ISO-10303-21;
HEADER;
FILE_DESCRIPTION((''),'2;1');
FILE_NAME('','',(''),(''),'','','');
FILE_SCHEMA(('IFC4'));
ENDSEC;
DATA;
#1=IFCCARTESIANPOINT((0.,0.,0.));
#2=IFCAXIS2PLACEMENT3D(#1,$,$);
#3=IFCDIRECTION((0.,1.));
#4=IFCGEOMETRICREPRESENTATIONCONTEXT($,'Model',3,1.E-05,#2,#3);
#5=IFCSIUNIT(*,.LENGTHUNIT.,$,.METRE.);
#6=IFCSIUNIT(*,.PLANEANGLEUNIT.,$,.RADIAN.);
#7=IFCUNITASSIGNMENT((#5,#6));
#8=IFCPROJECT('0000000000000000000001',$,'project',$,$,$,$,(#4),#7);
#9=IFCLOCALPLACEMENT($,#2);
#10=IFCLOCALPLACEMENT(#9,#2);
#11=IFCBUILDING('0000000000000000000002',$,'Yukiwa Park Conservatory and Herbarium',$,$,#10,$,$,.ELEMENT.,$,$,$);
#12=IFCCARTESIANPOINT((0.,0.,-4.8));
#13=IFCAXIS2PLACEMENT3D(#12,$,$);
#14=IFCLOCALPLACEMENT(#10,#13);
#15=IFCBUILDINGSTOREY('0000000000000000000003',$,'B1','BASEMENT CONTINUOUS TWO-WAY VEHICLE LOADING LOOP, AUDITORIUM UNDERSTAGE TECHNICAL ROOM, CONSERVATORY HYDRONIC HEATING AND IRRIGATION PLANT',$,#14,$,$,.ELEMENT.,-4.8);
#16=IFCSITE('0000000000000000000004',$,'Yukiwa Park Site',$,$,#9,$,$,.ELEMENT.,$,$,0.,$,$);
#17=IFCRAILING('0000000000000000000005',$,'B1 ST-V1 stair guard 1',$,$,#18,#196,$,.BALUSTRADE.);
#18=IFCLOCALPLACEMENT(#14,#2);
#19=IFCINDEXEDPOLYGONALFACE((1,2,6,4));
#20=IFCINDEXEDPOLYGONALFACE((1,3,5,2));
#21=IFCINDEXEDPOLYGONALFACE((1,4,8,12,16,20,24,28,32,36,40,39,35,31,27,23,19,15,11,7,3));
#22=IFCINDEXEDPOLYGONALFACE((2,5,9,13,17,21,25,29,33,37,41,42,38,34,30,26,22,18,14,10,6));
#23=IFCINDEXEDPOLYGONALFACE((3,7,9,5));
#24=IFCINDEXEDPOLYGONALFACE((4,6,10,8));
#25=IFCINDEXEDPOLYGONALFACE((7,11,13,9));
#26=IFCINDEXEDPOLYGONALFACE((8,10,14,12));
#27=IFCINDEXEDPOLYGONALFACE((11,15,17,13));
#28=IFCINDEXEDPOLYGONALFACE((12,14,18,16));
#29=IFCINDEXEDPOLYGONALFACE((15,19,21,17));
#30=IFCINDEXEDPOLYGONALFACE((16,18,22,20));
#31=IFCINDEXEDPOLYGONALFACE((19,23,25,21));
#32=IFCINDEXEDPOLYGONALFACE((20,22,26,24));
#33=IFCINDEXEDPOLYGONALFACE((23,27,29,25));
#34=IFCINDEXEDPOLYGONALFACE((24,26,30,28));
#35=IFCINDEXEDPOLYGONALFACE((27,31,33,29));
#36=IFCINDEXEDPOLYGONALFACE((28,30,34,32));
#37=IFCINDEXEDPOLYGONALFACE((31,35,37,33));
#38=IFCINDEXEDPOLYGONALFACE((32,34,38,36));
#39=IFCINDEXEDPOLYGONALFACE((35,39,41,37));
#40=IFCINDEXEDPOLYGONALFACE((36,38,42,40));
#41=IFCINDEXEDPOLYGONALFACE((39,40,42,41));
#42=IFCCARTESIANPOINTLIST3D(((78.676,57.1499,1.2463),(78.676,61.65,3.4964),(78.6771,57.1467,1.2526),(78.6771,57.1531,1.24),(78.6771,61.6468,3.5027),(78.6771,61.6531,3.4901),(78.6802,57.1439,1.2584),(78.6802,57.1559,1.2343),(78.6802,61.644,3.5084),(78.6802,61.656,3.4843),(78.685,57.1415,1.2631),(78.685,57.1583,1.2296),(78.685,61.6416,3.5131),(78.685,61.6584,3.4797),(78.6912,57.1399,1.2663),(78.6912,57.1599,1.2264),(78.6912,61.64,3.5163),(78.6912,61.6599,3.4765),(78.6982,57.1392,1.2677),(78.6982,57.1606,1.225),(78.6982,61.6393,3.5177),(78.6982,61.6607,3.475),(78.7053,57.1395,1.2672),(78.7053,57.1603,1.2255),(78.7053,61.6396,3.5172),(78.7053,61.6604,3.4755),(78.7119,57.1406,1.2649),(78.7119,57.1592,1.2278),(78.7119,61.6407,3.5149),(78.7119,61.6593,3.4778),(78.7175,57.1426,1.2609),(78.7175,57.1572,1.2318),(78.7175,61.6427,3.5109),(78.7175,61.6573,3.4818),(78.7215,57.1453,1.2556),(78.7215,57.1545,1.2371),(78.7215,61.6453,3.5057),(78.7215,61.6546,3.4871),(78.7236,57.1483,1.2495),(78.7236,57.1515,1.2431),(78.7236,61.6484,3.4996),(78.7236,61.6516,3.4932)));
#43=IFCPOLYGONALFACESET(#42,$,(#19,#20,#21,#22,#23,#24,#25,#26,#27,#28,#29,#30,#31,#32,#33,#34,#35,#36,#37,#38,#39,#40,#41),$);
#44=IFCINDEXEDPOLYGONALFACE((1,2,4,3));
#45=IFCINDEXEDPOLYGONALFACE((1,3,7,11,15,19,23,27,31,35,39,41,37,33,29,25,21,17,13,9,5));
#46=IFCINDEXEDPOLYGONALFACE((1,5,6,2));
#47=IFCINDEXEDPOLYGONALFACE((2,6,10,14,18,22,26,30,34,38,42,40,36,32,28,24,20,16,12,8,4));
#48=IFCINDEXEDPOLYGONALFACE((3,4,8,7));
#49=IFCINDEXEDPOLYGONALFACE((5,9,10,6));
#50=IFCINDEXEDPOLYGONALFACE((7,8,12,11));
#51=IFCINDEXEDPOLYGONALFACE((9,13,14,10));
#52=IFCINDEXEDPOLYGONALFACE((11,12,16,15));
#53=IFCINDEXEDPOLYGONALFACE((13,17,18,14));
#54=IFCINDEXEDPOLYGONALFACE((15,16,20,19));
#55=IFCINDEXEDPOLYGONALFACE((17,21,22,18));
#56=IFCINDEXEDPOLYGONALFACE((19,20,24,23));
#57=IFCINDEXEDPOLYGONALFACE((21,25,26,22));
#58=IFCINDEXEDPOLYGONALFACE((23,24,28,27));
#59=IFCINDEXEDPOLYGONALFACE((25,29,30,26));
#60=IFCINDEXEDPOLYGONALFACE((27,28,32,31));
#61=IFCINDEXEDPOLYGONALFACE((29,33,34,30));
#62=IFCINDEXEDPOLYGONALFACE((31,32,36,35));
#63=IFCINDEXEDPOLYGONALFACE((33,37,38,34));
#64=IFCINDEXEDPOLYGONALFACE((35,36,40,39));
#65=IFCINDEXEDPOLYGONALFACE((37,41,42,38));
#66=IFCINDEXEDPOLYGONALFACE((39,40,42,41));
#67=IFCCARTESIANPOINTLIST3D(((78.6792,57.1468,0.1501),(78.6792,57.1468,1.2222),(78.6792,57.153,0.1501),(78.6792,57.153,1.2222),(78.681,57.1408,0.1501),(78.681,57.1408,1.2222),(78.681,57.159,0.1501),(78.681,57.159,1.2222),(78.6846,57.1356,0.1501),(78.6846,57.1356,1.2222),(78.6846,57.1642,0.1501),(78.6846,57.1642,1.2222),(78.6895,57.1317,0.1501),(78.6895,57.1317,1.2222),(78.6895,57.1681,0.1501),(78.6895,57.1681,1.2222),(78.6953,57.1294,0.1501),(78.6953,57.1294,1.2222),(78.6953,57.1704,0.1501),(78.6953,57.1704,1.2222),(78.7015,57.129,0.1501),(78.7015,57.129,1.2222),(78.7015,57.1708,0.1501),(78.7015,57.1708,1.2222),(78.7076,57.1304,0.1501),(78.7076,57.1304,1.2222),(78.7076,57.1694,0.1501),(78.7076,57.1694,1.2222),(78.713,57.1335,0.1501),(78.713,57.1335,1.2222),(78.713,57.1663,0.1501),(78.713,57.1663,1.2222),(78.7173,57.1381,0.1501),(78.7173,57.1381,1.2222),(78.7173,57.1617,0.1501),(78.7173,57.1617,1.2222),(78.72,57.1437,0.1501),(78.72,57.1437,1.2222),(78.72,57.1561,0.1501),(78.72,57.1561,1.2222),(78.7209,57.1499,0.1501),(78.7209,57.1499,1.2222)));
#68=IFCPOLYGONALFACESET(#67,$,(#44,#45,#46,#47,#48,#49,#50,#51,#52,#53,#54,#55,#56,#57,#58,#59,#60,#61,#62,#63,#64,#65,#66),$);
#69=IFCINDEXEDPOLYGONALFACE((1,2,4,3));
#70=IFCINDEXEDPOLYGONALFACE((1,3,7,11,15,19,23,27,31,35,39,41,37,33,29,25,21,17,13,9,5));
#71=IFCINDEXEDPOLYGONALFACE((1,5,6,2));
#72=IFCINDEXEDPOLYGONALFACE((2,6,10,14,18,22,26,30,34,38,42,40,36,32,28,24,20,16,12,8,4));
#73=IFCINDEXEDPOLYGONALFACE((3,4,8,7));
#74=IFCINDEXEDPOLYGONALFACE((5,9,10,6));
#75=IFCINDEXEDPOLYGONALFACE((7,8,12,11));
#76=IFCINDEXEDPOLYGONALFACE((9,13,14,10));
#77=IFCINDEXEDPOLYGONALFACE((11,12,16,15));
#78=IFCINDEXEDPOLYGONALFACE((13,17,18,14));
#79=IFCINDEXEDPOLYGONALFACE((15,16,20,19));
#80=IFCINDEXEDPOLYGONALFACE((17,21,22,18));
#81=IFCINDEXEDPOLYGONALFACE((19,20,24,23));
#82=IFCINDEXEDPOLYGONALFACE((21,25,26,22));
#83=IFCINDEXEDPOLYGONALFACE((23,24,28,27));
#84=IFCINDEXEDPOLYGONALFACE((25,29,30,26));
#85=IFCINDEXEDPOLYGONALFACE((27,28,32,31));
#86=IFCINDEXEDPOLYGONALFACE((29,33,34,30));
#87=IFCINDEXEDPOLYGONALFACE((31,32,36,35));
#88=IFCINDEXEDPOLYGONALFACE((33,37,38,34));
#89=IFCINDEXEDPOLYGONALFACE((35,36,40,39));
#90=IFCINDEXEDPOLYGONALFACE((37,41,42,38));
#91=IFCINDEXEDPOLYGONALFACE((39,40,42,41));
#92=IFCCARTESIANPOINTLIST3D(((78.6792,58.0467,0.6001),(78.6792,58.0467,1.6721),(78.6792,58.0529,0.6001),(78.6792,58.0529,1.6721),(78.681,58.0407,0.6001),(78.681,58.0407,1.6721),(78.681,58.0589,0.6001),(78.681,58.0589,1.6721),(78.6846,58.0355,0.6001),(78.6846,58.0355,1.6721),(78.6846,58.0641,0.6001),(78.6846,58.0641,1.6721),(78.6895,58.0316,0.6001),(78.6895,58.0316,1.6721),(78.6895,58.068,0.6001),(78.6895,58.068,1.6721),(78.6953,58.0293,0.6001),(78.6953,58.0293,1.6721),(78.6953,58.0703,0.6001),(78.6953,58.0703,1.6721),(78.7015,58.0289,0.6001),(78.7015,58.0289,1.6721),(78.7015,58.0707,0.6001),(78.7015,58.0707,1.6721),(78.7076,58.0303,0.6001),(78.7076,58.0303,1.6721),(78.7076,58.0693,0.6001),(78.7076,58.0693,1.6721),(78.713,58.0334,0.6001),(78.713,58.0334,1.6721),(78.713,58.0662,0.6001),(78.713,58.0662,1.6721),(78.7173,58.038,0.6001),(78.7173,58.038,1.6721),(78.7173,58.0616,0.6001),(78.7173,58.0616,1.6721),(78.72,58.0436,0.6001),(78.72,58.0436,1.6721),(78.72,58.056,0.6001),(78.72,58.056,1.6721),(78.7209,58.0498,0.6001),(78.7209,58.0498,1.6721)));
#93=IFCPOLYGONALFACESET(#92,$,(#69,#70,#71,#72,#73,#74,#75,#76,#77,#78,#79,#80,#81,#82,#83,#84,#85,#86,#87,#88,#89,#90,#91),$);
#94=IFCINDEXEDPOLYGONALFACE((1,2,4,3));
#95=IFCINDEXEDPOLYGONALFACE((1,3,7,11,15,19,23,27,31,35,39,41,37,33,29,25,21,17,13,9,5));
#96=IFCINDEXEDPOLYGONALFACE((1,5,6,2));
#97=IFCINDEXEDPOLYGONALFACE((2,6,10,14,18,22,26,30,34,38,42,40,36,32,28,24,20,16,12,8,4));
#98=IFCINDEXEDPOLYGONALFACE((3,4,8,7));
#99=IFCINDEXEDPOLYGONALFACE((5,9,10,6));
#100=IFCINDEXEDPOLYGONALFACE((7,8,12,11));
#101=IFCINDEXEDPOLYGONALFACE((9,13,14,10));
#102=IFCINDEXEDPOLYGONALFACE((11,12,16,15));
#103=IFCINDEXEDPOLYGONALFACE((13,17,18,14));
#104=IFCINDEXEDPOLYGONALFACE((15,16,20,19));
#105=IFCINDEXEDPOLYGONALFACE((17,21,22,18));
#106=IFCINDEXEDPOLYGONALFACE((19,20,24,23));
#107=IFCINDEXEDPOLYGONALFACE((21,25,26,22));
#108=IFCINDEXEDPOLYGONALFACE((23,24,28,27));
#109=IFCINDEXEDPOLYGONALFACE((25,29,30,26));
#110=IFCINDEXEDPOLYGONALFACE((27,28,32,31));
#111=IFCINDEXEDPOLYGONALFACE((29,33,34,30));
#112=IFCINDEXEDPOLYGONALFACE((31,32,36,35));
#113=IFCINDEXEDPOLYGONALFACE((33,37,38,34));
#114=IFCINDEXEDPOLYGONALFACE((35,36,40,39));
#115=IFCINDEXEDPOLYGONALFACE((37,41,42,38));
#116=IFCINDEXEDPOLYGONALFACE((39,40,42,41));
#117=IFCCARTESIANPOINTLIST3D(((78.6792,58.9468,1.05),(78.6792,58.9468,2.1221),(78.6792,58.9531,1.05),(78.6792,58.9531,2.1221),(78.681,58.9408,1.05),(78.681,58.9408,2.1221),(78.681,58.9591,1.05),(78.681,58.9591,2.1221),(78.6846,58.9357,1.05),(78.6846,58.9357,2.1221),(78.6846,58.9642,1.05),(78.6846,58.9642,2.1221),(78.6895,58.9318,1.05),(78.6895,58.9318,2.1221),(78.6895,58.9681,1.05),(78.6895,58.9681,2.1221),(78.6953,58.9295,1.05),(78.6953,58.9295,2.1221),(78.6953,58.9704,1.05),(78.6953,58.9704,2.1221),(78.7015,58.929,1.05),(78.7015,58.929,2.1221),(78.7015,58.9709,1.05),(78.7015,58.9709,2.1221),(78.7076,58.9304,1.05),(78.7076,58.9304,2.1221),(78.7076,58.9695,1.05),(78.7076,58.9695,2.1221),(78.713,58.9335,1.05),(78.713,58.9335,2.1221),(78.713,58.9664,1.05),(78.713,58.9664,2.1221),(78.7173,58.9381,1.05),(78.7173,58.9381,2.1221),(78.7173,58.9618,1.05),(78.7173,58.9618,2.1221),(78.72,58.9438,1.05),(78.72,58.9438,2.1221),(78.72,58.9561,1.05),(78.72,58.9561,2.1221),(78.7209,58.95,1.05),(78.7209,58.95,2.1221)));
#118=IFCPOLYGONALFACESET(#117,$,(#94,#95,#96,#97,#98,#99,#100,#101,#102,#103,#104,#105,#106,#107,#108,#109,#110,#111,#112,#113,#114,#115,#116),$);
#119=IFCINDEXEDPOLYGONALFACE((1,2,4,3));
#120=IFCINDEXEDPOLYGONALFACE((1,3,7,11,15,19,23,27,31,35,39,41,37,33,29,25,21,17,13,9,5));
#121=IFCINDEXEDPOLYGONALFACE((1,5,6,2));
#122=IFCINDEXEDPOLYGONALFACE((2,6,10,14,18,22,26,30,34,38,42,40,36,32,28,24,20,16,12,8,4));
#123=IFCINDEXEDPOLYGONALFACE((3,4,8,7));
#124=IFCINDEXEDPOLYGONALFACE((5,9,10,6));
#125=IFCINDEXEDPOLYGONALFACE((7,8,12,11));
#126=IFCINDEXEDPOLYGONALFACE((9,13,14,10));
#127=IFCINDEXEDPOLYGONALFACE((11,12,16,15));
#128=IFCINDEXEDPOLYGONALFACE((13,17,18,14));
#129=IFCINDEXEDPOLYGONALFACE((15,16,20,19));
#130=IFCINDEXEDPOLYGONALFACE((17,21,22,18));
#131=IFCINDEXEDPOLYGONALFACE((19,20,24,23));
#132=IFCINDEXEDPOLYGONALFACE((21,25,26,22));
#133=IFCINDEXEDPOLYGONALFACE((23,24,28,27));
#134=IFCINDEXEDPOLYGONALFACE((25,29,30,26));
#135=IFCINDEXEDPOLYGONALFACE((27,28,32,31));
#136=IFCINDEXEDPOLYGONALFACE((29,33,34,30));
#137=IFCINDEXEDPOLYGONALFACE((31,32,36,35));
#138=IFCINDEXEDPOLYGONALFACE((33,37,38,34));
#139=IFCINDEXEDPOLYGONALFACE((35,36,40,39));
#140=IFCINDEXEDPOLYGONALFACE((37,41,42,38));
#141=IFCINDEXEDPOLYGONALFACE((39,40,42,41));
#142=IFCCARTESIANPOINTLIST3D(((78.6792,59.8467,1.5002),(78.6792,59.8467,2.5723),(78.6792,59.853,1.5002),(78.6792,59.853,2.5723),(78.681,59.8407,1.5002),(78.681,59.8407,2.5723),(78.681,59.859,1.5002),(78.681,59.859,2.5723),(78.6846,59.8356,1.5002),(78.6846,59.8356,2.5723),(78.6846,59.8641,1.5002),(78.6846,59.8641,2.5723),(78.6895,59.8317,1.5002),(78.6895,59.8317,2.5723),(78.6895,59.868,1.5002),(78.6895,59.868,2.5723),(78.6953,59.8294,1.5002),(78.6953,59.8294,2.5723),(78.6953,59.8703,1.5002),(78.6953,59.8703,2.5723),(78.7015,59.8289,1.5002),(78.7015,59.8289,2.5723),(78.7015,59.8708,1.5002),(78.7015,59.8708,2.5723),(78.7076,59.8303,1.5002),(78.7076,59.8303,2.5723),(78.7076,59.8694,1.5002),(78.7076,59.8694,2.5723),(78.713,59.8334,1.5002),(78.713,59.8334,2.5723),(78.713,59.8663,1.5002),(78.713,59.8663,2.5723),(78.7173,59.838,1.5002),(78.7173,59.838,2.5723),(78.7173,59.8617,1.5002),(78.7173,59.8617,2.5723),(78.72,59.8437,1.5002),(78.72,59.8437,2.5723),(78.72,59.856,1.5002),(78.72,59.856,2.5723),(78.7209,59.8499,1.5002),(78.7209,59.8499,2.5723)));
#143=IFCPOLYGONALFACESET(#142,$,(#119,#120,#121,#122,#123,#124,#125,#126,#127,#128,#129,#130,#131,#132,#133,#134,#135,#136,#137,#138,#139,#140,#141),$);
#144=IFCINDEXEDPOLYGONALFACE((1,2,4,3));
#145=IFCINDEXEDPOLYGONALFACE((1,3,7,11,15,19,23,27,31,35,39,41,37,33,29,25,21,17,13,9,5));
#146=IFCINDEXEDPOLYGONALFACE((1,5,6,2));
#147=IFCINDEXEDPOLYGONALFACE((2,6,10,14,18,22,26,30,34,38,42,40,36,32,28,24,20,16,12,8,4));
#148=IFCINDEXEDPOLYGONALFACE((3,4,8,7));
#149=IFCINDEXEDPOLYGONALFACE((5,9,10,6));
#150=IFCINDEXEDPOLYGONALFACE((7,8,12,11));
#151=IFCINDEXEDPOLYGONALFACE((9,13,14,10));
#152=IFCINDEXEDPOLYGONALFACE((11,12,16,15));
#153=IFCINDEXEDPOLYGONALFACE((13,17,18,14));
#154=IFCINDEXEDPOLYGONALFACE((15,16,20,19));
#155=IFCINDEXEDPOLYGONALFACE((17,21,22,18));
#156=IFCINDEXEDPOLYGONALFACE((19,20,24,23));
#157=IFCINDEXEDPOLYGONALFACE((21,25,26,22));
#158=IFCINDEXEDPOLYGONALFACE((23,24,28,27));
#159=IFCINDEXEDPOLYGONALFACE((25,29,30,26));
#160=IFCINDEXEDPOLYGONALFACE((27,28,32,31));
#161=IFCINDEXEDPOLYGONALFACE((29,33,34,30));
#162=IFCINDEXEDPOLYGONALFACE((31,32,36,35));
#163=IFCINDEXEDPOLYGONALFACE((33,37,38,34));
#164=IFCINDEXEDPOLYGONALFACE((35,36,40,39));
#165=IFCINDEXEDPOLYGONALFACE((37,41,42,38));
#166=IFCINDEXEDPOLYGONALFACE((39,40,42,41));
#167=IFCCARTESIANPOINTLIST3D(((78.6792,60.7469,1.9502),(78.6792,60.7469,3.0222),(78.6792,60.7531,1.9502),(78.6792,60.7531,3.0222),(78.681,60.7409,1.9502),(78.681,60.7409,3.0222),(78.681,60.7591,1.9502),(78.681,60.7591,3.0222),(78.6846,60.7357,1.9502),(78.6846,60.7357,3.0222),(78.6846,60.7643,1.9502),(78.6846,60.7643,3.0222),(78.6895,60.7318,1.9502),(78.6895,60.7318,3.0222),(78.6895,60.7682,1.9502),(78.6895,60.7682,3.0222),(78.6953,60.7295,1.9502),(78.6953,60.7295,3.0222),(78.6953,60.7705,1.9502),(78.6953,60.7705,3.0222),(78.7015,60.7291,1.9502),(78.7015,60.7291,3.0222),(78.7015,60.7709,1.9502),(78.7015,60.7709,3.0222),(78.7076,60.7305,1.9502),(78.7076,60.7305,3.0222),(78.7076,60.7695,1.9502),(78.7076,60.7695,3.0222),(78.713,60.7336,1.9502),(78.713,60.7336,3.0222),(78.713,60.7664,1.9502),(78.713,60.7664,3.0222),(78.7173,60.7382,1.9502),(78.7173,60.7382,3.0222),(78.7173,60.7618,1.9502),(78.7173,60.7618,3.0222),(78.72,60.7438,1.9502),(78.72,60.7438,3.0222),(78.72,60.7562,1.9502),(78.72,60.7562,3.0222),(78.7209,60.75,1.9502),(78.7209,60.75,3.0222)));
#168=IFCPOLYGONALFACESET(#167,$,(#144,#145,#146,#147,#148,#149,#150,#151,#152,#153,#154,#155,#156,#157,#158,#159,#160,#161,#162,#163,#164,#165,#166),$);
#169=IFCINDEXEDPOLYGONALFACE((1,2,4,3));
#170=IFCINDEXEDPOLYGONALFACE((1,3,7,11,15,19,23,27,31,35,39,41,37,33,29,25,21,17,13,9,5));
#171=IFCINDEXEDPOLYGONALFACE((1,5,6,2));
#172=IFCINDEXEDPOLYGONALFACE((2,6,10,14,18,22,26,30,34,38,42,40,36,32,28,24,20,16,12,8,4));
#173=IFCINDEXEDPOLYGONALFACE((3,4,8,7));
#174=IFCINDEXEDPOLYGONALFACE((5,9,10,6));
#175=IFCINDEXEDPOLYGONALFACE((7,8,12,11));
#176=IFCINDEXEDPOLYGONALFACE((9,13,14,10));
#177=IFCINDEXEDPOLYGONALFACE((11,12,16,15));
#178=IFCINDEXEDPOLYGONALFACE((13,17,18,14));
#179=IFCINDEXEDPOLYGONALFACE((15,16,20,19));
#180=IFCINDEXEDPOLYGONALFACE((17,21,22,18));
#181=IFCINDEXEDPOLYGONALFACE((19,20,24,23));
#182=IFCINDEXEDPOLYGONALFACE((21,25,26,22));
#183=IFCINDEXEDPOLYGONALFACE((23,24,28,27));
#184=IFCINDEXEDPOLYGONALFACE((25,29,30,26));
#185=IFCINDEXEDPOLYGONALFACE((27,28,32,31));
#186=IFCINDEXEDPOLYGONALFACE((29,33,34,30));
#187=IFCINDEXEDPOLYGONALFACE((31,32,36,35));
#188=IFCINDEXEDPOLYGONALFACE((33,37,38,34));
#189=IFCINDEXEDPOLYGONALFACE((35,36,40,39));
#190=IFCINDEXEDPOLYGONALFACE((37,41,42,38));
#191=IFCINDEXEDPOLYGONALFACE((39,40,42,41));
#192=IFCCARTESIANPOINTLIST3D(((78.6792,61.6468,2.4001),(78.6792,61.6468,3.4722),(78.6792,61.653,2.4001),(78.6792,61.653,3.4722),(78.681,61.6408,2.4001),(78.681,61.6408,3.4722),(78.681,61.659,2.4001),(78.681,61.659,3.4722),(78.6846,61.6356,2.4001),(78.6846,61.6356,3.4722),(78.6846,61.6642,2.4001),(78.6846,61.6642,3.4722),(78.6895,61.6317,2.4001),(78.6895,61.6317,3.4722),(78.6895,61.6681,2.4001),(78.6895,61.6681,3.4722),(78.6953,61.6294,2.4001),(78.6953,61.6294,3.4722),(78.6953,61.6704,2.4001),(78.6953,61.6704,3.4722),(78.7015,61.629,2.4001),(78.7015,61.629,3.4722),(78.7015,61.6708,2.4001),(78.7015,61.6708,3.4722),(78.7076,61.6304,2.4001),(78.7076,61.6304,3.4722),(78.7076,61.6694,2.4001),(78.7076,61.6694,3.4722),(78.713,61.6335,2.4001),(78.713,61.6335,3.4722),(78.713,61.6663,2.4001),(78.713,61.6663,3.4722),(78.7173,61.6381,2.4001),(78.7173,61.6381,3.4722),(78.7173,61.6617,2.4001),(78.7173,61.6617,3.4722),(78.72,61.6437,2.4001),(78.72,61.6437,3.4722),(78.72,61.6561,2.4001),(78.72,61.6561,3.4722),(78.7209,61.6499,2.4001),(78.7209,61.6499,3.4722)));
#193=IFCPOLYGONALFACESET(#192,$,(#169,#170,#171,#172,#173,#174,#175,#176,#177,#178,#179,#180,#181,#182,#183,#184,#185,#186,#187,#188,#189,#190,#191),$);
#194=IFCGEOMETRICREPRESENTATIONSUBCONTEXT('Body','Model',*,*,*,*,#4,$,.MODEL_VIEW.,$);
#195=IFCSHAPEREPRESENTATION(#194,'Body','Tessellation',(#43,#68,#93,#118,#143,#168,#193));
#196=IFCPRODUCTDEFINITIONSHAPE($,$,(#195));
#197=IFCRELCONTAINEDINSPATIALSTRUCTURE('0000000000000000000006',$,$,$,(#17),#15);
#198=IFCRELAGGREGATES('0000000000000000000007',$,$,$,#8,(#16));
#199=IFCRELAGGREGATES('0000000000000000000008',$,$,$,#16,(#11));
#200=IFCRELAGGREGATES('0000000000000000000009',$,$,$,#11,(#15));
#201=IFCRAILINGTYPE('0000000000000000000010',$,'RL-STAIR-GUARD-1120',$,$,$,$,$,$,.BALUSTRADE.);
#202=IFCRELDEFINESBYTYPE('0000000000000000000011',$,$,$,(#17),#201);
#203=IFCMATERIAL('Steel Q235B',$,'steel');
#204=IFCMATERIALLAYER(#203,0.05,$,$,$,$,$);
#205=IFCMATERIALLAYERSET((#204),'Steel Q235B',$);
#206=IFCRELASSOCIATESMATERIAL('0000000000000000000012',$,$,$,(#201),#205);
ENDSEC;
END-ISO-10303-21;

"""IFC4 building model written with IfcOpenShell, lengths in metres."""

from ifc_helpers import new_model, si_unit, direction, frame, origin, origin_2d, place, context, subcontext, project, spatial, circle, extrude, material, layer, layer_set, type_object, element, save


model = new_model("IFC4")

# Units and contexts
model_context = context("Model", 3, precision=1e-05, world=origin(), true_north=direction((0.0, 1.0)))
body_context = subcontext(model_context, "Body", "Model", "MODEL_VIEW")
ifc_project = project(units=[si_unit("LENGTHUNIT", "METRE"), si_unit("PLANEANGLEUNIT", "RADIAN")], contexts=[model_context])

# Site, building, storey
site_placement = place(None, origin())
site = spatial("IfcSite", under=ifc_project, at=site_placement, Name="Yukiwa Park Site", CompositionType="ELEMENT", RefElevation=0.0)
building_placement = place(site_placement, origin())
building = spatial("IfcBuilding", under=site, at=building_placement, Name="Yukiwa Park Conservatory and Herbarium", CompositionType="ELEMENT")
storey_placement = place(building_placement, frame((0.0, 0.0, -4.8)))
storey = spatial("IfcBuildingStorey", under=building, at=storey_placement, Name="B1", Description="BASEMENT CONTINUOUS TWO-WAY VEHICLE LOADING LOOP, AUDITORIUM UNDERSTAGE TECHNICAL ROOM, CONSERVATORY HYDRONIC HEATING AND IRRIGATION PLANT", CompositionType="ELEMENT", Elevation=-4.8)

# Railing
ifc_material_1 = material(Name="Steel Q235B", Category="steel")
ifc_layer_1 = layer(ifc_material_1, 0.05)
ifc_layer_set_1 = layer_set([ifc_layer_1], Name="Steel Q235B")
railing_type_1 = type_object("IfcRailingType", Name="RL-STAIR-GUARD-1120", PredefinedType="BALUSTRADE", material=ifc_layer_set_1)
railing_1_placement = place(storey_placement, frame((78.7, 57.1499, 0.1501)))
element("IfcRailing", 1, at=railing_1_placement, inside=storey, type_object=railing_type_1, Name="B1 ST-V1 stair guard 1", PredefinedType="BALUSTRADE", context=body_context, shape_type="SweptSolid", body=[
    extrude(circle(Radius=0.0239, at=origin_2d()), frame((0.0, 0.0, 1.0962), z_axis=(0.0, 0.894427, 0.447214), x_axis=(-1.0, 0.0, 0.0)), (0.0, 0.0, 1.0), 5.0312),
    extrude(circle(Radius=0.021, at=origin_2d()), origin(), (0.0, 0.0, 1.0), 1.072),
    extrude(circle(Radius=0.021, at=origin_2d()), frame((0.0, 0.8999, 0.45)), (0.0, 0.0, 1.0), 1.072),
    extrude(circle(Radius=0.021, at=origin_2d()), frame((0.0, 1.8, 0.8999)), (0.0, 0.0, 1.0), 1.072),
    extrude(circle(Radius=0.021, at=origin_2d()), frame((0.0, 2.7, 1.3501)), (0.0, 0.0, 1.0), 1.072),
    extrude(circle(Radius=0.021, at=origin_2d()), frame((0.0, 3.6001, 1.8)), (0.0, 0.0, 1.0), 1.072),
    extrude(circle(Radius=0.021, at=origin_2d()), frame((0.0, 4.5, 2.25)), (0.0, 0.0, 1.0), 1.072),
])

save(model, "model.ifc")
